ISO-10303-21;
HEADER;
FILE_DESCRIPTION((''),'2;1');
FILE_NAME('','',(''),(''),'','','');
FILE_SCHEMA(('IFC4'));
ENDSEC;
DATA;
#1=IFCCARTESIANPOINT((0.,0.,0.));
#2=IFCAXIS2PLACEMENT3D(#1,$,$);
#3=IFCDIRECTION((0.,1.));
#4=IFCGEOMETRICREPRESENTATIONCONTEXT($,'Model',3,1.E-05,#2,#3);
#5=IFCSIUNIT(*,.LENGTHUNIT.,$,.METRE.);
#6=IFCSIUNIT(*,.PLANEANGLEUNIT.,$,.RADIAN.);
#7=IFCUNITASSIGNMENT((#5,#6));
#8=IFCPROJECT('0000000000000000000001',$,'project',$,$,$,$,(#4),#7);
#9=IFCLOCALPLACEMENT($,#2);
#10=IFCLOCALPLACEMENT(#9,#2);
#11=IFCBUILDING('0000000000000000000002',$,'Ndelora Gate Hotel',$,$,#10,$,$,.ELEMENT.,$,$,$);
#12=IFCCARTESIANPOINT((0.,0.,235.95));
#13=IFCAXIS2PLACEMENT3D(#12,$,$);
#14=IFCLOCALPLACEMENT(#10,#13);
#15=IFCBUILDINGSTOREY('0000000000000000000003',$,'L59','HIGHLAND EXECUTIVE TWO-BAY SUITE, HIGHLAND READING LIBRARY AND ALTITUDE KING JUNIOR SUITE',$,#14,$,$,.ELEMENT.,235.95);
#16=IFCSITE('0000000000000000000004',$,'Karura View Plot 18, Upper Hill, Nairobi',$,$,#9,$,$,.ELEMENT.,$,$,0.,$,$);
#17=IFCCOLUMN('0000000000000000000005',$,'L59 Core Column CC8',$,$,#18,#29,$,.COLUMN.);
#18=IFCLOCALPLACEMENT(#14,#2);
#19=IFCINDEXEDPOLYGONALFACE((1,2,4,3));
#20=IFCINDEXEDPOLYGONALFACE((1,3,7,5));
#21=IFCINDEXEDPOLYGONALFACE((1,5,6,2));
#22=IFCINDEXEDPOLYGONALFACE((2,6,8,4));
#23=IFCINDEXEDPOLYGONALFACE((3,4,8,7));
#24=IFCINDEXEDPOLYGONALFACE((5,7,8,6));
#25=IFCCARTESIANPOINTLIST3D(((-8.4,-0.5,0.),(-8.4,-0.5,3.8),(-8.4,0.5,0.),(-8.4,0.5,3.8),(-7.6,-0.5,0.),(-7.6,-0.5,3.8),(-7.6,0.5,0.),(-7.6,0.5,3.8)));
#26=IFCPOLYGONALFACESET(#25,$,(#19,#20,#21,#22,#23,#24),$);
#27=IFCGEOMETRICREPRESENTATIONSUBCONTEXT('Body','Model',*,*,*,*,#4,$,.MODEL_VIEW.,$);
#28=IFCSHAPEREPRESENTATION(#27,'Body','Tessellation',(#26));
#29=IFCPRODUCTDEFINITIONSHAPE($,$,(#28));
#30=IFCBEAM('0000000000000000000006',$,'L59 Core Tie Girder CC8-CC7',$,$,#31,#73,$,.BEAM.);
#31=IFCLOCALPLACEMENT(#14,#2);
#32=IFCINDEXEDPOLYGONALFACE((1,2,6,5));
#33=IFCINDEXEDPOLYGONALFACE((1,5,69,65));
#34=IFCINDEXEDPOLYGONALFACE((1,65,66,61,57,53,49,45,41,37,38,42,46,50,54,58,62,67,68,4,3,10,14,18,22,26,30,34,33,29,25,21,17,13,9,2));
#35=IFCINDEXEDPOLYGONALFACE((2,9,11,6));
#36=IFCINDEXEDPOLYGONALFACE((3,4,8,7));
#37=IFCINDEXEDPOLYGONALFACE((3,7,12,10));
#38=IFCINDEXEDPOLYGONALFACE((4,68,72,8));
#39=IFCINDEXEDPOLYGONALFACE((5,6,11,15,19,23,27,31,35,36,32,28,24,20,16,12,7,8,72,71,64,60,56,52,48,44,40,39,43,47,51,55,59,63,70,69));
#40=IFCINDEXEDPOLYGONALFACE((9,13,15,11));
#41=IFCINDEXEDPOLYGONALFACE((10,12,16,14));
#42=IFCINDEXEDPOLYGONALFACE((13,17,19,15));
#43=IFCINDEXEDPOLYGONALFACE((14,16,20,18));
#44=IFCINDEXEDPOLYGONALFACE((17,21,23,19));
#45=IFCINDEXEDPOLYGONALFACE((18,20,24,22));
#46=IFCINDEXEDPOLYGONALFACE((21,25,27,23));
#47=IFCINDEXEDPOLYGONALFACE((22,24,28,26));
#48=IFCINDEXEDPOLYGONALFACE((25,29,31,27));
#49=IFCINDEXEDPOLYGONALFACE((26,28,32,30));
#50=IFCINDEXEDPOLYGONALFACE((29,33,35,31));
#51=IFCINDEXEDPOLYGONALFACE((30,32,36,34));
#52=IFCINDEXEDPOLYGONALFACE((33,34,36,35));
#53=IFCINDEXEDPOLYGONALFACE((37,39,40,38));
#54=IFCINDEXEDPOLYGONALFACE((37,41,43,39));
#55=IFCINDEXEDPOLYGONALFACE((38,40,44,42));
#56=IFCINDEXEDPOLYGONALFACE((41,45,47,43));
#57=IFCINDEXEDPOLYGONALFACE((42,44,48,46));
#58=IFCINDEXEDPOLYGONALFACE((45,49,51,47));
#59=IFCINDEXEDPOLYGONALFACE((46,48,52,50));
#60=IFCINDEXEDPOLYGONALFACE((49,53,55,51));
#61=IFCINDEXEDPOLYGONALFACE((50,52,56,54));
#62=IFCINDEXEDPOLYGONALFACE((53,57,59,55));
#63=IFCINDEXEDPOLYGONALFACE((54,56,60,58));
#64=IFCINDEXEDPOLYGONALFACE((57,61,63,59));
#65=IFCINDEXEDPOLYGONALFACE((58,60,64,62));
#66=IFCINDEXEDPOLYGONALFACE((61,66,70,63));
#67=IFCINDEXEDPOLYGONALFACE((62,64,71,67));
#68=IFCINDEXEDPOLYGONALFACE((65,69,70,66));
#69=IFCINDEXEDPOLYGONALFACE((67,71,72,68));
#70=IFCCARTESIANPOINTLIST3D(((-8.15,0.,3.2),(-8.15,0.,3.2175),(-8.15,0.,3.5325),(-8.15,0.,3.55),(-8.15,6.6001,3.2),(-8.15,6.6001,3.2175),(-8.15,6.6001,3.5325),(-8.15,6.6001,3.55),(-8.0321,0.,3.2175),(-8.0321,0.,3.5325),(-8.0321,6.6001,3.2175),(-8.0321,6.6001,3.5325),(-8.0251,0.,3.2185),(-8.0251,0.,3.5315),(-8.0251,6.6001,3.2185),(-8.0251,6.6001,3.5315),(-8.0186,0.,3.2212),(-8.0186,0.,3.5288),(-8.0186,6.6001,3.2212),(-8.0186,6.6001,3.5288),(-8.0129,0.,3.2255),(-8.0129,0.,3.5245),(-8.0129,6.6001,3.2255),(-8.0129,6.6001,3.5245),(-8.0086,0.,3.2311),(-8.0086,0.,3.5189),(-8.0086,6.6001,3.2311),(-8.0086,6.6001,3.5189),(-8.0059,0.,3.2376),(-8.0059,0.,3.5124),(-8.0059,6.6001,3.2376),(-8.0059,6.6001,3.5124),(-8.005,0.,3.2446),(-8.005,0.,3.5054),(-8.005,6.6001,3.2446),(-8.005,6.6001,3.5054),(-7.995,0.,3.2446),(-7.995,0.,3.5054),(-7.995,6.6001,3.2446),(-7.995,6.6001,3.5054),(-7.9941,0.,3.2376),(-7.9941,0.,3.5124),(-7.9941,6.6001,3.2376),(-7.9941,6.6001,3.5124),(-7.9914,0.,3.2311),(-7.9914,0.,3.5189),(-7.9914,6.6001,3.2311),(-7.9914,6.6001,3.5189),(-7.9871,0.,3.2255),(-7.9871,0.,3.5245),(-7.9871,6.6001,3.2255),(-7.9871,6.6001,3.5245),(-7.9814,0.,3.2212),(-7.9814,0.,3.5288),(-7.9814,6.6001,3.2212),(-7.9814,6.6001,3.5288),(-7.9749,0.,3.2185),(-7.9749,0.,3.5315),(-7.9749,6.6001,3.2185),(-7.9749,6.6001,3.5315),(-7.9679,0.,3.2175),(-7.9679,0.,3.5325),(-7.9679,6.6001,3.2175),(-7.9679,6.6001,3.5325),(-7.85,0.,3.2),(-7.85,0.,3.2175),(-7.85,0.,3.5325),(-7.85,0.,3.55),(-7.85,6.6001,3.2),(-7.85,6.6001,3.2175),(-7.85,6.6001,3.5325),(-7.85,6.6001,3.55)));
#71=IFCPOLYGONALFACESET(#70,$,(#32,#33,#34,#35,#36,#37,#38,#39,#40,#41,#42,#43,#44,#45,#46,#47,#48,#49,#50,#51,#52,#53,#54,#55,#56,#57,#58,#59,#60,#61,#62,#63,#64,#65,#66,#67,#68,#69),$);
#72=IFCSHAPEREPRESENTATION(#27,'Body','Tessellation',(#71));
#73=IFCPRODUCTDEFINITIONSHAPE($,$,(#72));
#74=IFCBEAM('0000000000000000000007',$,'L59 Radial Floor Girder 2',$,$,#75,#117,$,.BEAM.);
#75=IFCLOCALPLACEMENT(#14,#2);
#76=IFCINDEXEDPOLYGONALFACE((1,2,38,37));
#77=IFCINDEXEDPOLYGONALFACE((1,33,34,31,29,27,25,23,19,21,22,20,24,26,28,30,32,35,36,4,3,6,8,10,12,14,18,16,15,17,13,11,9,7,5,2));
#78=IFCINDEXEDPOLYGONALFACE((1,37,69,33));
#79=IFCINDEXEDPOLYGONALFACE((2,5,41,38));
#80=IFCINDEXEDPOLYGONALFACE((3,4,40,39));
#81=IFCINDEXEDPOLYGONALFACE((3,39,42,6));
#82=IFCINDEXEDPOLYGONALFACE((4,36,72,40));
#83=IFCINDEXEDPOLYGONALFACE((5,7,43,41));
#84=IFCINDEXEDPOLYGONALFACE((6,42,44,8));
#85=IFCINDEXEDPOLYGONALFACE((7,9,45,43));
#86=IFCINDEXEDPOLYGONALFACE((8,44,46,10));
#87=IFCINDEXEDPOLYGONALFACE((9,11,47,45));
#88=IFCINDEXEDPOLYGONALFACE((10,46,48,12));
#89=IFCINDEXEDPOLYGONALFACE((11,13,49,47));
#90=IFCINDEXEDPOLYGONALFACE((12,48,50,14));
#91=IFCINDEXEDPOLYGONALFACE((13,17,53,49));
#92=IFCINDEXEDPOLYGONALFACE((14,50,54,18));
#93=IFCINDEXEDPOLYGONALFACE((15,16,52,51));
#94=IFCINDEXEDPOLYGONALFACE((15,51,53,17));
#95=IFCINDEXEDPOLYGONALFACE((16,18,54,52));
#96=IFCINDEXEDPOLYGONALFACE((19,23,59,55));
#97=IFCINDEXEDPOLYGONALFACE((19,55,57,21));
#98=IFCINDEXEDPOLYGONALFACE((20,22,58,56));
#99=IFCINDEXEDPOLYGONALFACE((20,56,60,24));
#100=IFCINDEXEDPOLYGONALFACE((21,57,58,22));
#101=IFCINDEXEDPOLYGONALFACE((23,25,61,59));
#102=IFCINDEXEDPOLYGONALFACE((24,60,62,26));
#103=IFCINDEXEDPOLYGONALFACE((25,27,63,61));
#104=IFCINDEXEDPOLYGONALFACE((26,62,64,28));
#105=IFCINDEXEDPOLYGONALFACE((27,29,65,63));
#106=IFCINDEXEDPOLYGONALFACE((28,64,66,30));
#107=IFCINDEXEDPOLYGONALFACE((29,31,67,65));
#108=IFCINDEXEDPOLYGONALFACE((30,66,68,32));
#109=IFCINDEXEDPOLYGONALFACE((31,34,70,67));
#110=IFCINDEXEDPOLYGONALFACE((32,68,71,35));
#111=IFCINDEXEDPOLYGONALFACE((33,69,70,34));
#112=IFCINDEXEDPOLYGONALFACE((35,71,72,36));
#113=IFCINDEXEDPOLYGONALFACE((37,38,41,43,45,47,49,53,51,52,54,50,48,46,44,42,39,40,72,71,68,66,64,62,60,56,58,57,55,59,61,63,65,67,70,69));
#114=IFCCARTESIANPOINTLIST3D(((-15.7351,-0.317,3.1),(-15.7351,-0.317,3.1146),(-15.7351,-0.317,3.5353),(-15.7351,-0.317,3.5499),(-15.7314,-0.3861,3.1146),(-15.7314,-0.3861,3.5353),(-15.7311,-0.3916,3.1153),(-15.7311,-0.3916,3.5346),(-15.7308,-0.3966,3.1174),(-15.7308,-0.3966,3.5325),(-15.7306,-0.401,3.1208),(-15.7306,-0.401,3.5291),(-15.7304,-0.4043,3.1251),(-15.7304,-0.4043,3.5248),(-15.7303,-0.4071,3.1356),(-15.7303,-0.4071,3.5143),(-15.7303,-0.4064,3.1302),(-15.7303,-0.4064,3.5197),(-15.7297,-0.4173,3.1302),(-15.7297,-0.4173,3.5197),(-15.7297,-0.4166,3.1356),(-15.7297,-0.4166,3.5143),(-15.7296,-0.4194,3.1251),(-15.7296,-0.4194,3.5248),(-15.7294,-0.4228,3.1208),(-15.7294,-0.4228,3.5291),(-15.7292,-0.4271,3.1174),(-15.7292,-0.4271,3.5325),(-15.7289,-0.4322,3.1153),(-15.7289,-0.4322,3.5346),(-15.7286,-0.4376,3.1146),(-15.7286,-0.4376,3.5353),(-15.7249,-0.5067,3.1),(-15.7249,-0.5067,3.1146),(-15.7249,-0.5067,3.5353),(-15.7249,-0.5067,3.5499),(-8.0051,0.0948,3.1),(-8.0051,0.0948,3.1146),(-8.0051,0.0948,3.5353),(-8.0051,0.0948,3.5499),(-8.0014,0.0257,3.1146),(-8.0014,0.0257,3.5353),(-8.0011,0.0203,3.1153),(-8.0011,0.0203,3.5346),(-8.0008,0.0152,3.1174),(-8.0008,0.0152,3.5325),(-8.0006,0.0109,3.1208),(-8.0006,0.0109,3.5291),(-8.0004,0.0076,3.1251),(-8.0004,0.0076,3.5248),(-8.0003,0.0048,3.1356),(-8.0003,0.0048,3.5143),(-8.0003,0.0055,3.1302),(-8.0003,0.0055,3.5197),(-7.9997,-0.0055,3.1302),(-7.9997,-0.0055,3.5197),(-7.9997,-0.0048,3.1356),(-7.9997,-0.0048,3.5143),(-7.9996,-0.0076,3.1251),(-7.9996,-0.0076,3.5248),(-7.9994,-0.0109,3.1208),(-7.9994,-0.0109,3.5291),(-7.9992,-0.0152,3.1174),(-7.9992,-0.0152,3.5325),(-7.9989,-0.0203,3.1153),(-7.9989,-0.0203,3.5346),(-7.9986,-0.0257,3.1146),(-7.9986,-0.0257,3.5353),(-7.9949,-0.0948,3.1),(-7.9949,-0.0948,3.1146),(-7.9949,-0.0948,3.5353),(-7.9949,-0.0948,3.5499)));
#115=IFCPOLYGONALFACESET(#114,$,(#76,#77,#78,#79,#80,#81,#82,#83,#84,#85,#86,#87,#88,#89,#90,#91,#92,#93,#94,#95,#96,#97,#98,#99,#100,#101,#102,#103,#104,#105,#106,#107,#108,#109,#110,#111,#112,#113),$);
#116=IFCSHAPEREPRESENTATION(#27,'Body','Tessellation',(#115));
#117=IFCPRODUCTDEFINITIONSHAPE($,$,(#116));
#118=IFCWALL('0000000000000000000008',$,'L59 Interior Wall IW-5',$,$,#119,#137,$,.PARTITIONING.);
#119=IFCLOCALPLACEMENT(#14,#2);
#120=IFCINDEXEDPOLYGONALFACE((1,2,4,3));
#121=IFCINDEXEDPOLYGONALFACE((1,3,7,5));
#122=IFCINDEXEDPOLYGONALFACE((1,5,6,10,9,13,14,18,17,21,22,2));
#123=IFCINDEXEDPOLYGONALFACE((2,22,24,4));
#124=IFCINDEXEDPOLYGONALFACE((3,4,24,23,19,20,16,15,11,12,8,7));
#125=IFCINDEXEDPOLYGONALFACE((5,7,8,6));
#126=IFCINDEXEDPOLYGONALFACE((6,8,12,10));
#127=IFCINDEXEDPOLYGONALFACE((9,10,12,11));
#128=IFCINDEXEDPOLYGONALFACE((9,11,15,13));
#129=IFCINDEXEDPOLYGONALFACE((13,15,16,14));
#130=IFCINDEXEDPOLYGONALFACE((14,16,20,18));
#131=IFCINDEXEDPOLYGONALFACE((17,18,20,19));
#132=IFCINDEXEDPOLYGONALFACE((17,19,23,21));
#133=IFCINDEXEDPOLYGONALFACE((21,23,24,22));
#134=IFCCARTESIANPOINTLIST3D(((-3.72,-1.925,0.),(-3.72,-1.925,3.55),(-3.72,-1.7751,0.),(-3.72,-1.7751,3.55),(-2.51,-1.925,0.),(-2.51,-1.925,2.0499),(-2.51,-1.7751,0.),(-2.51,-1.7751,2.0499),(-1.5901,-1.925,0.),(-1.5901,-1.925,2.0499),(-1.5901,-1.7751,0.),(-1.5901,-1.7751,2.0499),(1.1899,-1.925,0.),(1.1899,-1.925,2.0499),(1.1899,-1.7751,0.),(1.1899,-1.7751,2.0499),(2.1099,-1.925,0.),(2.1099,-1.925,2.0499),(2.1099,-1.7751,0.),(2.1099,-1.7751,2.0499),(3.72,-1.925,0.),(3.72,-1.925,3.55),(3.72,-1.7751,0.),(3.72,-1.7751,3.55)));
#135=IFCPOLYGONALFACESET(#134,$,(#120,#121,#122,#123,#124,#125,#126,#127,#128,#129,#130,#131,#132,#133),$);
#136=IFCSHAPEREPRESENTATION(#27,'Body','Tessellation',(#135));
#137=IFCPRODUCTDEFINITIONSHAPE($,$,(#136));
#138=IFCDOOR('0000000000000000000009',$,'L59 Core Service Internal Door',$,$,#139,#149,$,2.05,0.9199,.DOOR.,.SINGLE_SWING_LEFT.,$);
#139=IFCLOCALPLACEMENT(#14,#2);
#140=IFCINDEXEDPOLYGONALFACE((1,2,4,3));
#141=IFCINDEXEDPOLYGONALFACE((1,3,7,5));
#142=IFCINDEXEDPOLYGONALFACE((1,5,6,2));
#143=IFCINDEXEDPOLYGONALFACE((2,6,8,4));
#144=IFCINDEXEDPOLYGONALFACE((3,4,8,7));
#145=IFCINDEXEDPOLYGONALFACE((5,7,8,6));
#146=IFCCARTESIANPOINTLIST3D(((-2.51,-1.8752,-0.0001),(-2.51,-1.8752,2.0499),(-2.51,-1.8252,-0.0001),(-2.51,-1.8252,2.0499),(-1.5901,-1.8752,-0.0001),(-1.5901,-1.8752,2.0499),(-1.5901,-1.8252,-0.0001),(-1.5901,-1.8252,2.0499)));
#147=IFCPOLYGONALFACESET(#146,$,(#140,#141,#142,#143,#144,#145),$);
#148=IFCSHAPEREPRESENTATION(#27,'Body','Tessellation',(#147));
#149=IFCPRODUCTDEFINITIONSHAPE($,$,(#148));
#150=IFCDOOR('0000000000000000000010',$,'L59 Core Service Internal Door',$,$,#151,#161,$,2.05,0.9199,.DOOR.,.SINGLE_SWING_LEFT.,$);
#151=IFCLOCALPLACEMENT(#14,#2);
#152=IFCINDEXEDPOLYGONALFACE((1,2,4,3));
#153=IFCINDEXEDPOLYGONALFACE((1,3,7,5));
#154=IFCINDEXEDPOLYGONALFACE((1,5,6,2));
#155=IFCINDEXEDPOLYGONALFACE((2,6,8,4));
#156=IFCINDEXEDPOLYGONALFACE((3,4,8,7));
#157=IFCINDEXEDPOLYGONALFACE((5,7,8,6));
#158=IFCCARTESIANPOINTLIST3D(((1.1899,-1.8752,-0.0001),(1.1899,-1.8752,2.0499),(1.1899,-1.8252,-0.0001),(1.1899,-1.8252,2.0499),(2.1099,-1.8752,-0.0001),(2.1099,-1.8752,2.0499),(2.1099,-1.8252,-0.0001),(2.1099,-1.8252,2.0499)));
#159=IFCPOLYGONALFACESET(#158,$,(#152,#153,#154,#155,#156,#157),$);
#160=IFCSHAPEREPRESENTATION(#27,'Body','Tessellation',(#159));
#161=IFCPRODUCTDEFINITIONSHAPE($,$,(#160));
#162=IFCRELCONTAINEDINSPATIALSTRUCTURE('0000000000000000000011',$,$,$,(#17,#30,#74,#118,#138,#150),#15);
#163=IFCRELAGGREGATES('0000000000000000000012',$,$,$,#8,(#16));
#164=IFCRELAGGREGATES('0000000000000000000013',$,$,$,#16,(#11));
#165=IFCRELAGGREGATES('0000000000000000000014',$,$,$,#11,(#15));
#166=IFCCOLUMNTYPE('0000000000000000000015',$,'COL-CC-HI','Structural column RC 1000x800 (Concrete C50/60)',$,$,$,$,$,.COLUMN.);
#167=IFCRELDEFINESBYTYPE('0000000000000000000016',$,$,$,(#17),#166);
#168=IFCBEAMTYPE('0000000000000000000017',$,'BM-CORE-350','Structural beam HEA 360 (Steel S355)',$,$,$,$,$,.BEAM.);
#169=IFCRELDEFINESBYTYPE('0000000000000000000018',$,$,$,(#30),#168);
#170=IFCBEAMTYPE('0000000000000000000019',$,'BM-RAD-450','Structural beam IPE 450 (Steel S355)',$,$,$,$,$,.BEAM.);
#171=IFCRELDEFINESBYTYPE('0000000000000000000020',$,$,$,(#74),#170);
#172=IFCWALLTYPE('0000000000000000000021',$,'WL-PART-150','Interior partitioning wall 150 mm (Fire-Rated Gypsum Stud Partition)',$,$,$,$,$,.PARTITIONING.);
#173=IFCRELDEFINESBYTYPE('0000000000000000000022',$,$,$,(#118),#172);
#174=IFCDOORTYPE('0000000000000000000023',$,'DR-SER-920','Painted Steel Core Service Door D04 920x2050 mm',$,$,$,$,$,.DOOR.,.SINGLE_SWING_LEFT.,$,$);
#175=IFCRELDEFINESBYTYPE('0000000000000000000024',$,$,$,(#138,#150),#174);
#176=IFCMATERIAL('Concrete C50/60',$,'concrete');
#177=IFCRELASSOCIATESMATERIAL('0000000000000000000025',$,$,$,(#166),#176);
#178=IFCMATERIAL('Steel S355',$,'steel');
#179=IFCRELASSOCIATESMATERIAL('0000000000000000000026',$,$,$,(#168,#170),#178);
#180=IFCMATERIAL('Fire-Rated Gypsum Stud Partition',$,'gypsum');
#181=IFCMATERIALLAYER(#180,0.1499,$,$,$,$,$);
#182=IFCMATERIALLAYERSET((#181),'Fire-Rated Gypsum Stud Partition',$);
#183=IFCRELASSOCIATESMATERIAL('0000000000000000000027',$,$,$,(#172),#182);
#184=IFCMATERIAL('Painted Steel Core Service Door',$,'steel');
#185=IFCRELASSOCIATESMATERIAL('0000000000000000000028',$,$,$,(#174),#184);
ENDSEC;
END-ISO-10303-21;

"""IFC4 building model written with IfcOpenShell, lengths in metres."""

from ifc_helpers import new_model, si_unit, direction, frame, frame_2d, origin, origin_2d, place, context, subcontext, project, spatial, rectangle, i_section, extrude, material, layer, layer_set, material_profile, profile_set, type_object, element, fill, save


model = new_model("IFC4")

# Units and contexts
model_context = context("Model", 3, precision=1e-05, world=origin(), true_north=direction((0.0, 1.0)))
body_context = subcontext(model_context, "Body", "Model", "MODEL_VIEW")
ifc_project = project(units=[si_unit("LENGTHUNIT", "METRE"), si_unit("PLANEANGLEUNIT", "RADIAN")], contexts=[model_context])

# Site, building, storey
site_placement = place(None, origin())
site = spatial("IfcSite", under=ifc_project, at=site_placement, Name="Karura View Plot 18, Upper Hill, Nairobi", CompositionType="ELEMENT", RefElevation=0.0)
building_placement = place(site_placement, origin())
building = spatial("IfcBuilding", under=site, at=building_placement, Name="Ndelora Gate Hotel", CompositionType="ELEMENT")
storey_placement = place(building_placement, frame((0.0, 0.0, 235.95)))
storey = spatial("IfcBuildingStorey", under=building, at=storey_placement, Name="L59", Description="HIGHLAND EXECUTIVE TWO-BAY SUITE, HIGHLAND READING LIBRARY AND ALTITUDE KING JUNIOR SUITE", CompositionType="ELEMENT", Elevation=235.95)

# Column
ifc_material_1 = material(Name="Concrete C50/60", Category="concrete")
ifc_material_profile_1 = material_profile(ifc_material_1, rectangle(XDim=0.8, YDim=1.0, at=origin_2d()), Name="RC 1000x800")
ifc_profile_set_1 = profile_set([ifc_material_profile_1], Name="Concrete C50/60")
column_type = type_object("IfcColumnType", Name="COL-CC-HI", Description="Structural column RC 1000x800 (Concrete C50/60)", PredefinedType="COLUMN", material=ifc_profile_set_1)
column_placement = place(storey_placement, frame((-8.0, 0.0, 0.0), z_axis=(0.0, 0.0, 1.0), x_axis=(1.0, 0.0, 0.0)))
element("IfcColumn", 1, at=column_placement, inside=storey, type_object=column_type, Name="L59 Core Column CC8", PredefinedType="COLUMN", context=body_context, shape_type="SweptSolid", body=[
    extrude(rectangle(XDim=0.8, YDim=1.0, at=origin_2d()), origin(), (0.0, 0.0, 1.0), 3.8),
])

# Beams
ifc_material_2 = material(Name="Steel S355", Category="steel")
ifc_material_profile_2 = material_profile(ifc_material_2, i_section(OverallWidth=0.3, OverallDepth=0.3501, WebThickness=0.01, FlangeThickness=0.0176, FilletRadius=0.0271, at=origin_2d()), Name="HEA 360")
ifc_profile_set_2 = profile_set([ifc_material_profile_2], Name="Steel S355")
beam_type_1 = type_object("IfcBeamType", Name="BM-CORE-350", Description="Structural beam HEA 360 (Steel S355)", PredefinedType="BEAM", material=ifc_profile_set_2)
beam_1_placement = place(storey_placement, frame((-8.0, 0.0, 3.375), z_axis=(0.0, 1.0, 0.0), x_axis=(-1.0, 0.0, 0.0)))
element("IfcBeam", 2, at=beam_1_placement, inside=storey, type_object=beam_type_1, Name="L59 Core Tie Girder CC8-CC7", PredefinedType="BEAM", context=body_context, shape_type="SweptSolid", body=[
    extrude(i_section(OverallWidth=0.3, OverallDepth=0.3501, WebThickness=0.01, FlangeThickness=0.0176, FilletRadius=0.0271, at=origin_2d()), origin(), (0.0, 0.0, 1.0), 6.6001),
])
ifc_material_profile_3 = material_profile(ifc_material_2, i_section(OverallWidth=0.1899, OverallDepth=0.45, WebThickness=0.0095, FlangeThickness=0.0146, FilletRadius=0.021, at=origin_2d()), Name="IPE 450")
ifc_profile_set_3 = profile_set([ifc_material_profile_3], Name="Steel S355")
beam_type_2 = type_object("IfcBeamType", Name="BM-RAD-450", Description="Structural beam IPE 450 (Steel S355)", PredefinedType="BEAM", material=ifc_profile_set_3)
beam_2_placement = place(storey_placement, frame((-8.0, 0.0, 3.325), z_axis=(-0.998584, -0.053206, 0.0), x_axis=(0.053206, -0.998584, 0.0)))
element("IfcBeam", 3, at=beam_2_placement, inside=storey, type_object=beam_type_2, Name="L59 Radial Floor Girder 2", PredefinedType="BEAM", context=body_context, shape_type="SweptSolid", body=[
    extrude(i_section(OverallWidth=0.1899, OverallDepth=0.45, WebThickness=0.0095, FlangeThickness=0.0146, FilletRadius=0.021, at=origin_2d()), origin(), (0.0, 0.0, 1.0), 7.741),
])

# Wall, openings, doors
ifc_material_3 = material(Name="Fire-Rated Gypsum Stud Partition", Category="gypsum")
ifc_layer_1 = layer(ifc_material_3, 0.1499)
ifc_layer_set_1 = layer_set([ifc_layer_1], Name="Fire-Rated Gypsum Stud Partition")
wall_type_1 = type_object("IfcWallType", Name="WL-PART-150", Description="Interior partitioning wall 150 mm (Fire-Rated Gypsum Stud Partition)", PredefinedType="PARTITIONING", material=ifc_layer_set_1)
wall_1_placement = place(storey_placement, frame((-3.72, -1.8501, 0.0), z_axis=(0.0, 0.0, 1.0), x_axis=(1.0, 0.0, 0.0)))
wall_1 = element("IfcWall", 4, at=wall_1_placement, inside=storey, type_object=wall_type_1, Name="L59 Interior Wall IW-5", PredefinedType="PARTITIONING", context=body_context, shape_type="SweptSolid", body=[
    extrude(rectangle(XDim=7.4399, YDim=0.1499, at=frame_2d((3.72, 0.0))), origin(), (0.0, 0.0, 1.0), 3.55),
])
opening_1_placement = place(wall_1_placement, frame((1.21, 0.0, 0.0)))
opening_1 = element("IfcOpeningElement", 5, at=opening_1_placement, cuts=wall_1, PredefinedType="OPENING", context=body_context, shape_type="SweptSolid", body=[
    extrude(rectangle(XDim=0.9199, YDim=2.05, at=frame_2d((0.46, 1.0249))), frame((0.0, 0.085, 0.0), z_axis=(0.0, -1.0, 0.0), x_axis=(1.0, 0.0, 0.0)), (0.0, 0.0, 1.0), 0.1699),
])
opening_2_placement = place(wall_1_placement, frame((4.9099, 0.0, 0.0)))
opening_2 = element("IfcOpeningElement", 6, at=opening_2_placement, cuts=wall_1, PredefinedType="OPENING", context=body_context, shape_type="SweptSolid", body=[
    extrude(rectangle(XDim=0.9199, YDim=2.05, at=frame_2d((0.46, 1.0249))), frame((0.0, 0.085, 0.0), z_axis=(0.0, -1.0, 0.0), x_axis=(1.0, 0.0, 0.0)), (0.0, 0.0, 1.0), 0.1699),
])
ifc_material_4 = material(Name="Painted Steel Core Service Door", Category="steel")
door_type_1 = type_object("IfcDoorType", Name="DR-SER-920", Description="Painted Steel Core Service Door D04 920x2050 mm", OperationType="SINGLE_SWING_LEFT", PredefinedType="DOOR", material=ifc_material_4)
door_1_placement = place(opening_1_placement, origin())
door_1 = element("IfcDoor", 7, at=door_1_placement, inside=storey, type_object=door_type_1, Name="L59 Core Service Internal Door", OperationType="SINGLE_SWING_LEFT", OverallHeight=2.05, OverallWidth=0.9199, PredefinedType="DOOR", context=body_context, shape_type="SweptSolid", body=[
    extrude(rectangle(XDim=0.9199, YDim=2.05, at=frame_2d((0.46, 1.0249))), frame((0.0, 0.0249, 0.0), z_axis=(0.0, -1.0, 0.0), x_axis=(1.0, 0.0, 0.0)), (0.0, 0.0, 1.0), 0.05),
])
fill(opening_1, door_1)
door_2_placement = place(opening_2_placement, origin())
door_2 = element("IfcDoor", 8, at=door_2_placement, inside=storey, type_object=door_type_1, Name="L59 Core Service Internal Door", OperationType="SINGLE_SWING_LEFT", OverallHeight=2.05, OverallWidth=0.9199, PredefinedType="DOOR", context=body_context, shape_type="SweptSolid", body=[
    extrude(rectangle(XDim=0.9199, YDim=2.05, at=frame_2d((0.46, 1.0249))), frame((0.0, 0.0249, 0.0), z_axis=(0.0, -1.0, 0.0), x_axis=(1.0, 0.0, 0.0)), (0.0, 0.0, 1.0), 0.05),
])
fill(opening_2, door_2)

save(model, "model.ifc")
